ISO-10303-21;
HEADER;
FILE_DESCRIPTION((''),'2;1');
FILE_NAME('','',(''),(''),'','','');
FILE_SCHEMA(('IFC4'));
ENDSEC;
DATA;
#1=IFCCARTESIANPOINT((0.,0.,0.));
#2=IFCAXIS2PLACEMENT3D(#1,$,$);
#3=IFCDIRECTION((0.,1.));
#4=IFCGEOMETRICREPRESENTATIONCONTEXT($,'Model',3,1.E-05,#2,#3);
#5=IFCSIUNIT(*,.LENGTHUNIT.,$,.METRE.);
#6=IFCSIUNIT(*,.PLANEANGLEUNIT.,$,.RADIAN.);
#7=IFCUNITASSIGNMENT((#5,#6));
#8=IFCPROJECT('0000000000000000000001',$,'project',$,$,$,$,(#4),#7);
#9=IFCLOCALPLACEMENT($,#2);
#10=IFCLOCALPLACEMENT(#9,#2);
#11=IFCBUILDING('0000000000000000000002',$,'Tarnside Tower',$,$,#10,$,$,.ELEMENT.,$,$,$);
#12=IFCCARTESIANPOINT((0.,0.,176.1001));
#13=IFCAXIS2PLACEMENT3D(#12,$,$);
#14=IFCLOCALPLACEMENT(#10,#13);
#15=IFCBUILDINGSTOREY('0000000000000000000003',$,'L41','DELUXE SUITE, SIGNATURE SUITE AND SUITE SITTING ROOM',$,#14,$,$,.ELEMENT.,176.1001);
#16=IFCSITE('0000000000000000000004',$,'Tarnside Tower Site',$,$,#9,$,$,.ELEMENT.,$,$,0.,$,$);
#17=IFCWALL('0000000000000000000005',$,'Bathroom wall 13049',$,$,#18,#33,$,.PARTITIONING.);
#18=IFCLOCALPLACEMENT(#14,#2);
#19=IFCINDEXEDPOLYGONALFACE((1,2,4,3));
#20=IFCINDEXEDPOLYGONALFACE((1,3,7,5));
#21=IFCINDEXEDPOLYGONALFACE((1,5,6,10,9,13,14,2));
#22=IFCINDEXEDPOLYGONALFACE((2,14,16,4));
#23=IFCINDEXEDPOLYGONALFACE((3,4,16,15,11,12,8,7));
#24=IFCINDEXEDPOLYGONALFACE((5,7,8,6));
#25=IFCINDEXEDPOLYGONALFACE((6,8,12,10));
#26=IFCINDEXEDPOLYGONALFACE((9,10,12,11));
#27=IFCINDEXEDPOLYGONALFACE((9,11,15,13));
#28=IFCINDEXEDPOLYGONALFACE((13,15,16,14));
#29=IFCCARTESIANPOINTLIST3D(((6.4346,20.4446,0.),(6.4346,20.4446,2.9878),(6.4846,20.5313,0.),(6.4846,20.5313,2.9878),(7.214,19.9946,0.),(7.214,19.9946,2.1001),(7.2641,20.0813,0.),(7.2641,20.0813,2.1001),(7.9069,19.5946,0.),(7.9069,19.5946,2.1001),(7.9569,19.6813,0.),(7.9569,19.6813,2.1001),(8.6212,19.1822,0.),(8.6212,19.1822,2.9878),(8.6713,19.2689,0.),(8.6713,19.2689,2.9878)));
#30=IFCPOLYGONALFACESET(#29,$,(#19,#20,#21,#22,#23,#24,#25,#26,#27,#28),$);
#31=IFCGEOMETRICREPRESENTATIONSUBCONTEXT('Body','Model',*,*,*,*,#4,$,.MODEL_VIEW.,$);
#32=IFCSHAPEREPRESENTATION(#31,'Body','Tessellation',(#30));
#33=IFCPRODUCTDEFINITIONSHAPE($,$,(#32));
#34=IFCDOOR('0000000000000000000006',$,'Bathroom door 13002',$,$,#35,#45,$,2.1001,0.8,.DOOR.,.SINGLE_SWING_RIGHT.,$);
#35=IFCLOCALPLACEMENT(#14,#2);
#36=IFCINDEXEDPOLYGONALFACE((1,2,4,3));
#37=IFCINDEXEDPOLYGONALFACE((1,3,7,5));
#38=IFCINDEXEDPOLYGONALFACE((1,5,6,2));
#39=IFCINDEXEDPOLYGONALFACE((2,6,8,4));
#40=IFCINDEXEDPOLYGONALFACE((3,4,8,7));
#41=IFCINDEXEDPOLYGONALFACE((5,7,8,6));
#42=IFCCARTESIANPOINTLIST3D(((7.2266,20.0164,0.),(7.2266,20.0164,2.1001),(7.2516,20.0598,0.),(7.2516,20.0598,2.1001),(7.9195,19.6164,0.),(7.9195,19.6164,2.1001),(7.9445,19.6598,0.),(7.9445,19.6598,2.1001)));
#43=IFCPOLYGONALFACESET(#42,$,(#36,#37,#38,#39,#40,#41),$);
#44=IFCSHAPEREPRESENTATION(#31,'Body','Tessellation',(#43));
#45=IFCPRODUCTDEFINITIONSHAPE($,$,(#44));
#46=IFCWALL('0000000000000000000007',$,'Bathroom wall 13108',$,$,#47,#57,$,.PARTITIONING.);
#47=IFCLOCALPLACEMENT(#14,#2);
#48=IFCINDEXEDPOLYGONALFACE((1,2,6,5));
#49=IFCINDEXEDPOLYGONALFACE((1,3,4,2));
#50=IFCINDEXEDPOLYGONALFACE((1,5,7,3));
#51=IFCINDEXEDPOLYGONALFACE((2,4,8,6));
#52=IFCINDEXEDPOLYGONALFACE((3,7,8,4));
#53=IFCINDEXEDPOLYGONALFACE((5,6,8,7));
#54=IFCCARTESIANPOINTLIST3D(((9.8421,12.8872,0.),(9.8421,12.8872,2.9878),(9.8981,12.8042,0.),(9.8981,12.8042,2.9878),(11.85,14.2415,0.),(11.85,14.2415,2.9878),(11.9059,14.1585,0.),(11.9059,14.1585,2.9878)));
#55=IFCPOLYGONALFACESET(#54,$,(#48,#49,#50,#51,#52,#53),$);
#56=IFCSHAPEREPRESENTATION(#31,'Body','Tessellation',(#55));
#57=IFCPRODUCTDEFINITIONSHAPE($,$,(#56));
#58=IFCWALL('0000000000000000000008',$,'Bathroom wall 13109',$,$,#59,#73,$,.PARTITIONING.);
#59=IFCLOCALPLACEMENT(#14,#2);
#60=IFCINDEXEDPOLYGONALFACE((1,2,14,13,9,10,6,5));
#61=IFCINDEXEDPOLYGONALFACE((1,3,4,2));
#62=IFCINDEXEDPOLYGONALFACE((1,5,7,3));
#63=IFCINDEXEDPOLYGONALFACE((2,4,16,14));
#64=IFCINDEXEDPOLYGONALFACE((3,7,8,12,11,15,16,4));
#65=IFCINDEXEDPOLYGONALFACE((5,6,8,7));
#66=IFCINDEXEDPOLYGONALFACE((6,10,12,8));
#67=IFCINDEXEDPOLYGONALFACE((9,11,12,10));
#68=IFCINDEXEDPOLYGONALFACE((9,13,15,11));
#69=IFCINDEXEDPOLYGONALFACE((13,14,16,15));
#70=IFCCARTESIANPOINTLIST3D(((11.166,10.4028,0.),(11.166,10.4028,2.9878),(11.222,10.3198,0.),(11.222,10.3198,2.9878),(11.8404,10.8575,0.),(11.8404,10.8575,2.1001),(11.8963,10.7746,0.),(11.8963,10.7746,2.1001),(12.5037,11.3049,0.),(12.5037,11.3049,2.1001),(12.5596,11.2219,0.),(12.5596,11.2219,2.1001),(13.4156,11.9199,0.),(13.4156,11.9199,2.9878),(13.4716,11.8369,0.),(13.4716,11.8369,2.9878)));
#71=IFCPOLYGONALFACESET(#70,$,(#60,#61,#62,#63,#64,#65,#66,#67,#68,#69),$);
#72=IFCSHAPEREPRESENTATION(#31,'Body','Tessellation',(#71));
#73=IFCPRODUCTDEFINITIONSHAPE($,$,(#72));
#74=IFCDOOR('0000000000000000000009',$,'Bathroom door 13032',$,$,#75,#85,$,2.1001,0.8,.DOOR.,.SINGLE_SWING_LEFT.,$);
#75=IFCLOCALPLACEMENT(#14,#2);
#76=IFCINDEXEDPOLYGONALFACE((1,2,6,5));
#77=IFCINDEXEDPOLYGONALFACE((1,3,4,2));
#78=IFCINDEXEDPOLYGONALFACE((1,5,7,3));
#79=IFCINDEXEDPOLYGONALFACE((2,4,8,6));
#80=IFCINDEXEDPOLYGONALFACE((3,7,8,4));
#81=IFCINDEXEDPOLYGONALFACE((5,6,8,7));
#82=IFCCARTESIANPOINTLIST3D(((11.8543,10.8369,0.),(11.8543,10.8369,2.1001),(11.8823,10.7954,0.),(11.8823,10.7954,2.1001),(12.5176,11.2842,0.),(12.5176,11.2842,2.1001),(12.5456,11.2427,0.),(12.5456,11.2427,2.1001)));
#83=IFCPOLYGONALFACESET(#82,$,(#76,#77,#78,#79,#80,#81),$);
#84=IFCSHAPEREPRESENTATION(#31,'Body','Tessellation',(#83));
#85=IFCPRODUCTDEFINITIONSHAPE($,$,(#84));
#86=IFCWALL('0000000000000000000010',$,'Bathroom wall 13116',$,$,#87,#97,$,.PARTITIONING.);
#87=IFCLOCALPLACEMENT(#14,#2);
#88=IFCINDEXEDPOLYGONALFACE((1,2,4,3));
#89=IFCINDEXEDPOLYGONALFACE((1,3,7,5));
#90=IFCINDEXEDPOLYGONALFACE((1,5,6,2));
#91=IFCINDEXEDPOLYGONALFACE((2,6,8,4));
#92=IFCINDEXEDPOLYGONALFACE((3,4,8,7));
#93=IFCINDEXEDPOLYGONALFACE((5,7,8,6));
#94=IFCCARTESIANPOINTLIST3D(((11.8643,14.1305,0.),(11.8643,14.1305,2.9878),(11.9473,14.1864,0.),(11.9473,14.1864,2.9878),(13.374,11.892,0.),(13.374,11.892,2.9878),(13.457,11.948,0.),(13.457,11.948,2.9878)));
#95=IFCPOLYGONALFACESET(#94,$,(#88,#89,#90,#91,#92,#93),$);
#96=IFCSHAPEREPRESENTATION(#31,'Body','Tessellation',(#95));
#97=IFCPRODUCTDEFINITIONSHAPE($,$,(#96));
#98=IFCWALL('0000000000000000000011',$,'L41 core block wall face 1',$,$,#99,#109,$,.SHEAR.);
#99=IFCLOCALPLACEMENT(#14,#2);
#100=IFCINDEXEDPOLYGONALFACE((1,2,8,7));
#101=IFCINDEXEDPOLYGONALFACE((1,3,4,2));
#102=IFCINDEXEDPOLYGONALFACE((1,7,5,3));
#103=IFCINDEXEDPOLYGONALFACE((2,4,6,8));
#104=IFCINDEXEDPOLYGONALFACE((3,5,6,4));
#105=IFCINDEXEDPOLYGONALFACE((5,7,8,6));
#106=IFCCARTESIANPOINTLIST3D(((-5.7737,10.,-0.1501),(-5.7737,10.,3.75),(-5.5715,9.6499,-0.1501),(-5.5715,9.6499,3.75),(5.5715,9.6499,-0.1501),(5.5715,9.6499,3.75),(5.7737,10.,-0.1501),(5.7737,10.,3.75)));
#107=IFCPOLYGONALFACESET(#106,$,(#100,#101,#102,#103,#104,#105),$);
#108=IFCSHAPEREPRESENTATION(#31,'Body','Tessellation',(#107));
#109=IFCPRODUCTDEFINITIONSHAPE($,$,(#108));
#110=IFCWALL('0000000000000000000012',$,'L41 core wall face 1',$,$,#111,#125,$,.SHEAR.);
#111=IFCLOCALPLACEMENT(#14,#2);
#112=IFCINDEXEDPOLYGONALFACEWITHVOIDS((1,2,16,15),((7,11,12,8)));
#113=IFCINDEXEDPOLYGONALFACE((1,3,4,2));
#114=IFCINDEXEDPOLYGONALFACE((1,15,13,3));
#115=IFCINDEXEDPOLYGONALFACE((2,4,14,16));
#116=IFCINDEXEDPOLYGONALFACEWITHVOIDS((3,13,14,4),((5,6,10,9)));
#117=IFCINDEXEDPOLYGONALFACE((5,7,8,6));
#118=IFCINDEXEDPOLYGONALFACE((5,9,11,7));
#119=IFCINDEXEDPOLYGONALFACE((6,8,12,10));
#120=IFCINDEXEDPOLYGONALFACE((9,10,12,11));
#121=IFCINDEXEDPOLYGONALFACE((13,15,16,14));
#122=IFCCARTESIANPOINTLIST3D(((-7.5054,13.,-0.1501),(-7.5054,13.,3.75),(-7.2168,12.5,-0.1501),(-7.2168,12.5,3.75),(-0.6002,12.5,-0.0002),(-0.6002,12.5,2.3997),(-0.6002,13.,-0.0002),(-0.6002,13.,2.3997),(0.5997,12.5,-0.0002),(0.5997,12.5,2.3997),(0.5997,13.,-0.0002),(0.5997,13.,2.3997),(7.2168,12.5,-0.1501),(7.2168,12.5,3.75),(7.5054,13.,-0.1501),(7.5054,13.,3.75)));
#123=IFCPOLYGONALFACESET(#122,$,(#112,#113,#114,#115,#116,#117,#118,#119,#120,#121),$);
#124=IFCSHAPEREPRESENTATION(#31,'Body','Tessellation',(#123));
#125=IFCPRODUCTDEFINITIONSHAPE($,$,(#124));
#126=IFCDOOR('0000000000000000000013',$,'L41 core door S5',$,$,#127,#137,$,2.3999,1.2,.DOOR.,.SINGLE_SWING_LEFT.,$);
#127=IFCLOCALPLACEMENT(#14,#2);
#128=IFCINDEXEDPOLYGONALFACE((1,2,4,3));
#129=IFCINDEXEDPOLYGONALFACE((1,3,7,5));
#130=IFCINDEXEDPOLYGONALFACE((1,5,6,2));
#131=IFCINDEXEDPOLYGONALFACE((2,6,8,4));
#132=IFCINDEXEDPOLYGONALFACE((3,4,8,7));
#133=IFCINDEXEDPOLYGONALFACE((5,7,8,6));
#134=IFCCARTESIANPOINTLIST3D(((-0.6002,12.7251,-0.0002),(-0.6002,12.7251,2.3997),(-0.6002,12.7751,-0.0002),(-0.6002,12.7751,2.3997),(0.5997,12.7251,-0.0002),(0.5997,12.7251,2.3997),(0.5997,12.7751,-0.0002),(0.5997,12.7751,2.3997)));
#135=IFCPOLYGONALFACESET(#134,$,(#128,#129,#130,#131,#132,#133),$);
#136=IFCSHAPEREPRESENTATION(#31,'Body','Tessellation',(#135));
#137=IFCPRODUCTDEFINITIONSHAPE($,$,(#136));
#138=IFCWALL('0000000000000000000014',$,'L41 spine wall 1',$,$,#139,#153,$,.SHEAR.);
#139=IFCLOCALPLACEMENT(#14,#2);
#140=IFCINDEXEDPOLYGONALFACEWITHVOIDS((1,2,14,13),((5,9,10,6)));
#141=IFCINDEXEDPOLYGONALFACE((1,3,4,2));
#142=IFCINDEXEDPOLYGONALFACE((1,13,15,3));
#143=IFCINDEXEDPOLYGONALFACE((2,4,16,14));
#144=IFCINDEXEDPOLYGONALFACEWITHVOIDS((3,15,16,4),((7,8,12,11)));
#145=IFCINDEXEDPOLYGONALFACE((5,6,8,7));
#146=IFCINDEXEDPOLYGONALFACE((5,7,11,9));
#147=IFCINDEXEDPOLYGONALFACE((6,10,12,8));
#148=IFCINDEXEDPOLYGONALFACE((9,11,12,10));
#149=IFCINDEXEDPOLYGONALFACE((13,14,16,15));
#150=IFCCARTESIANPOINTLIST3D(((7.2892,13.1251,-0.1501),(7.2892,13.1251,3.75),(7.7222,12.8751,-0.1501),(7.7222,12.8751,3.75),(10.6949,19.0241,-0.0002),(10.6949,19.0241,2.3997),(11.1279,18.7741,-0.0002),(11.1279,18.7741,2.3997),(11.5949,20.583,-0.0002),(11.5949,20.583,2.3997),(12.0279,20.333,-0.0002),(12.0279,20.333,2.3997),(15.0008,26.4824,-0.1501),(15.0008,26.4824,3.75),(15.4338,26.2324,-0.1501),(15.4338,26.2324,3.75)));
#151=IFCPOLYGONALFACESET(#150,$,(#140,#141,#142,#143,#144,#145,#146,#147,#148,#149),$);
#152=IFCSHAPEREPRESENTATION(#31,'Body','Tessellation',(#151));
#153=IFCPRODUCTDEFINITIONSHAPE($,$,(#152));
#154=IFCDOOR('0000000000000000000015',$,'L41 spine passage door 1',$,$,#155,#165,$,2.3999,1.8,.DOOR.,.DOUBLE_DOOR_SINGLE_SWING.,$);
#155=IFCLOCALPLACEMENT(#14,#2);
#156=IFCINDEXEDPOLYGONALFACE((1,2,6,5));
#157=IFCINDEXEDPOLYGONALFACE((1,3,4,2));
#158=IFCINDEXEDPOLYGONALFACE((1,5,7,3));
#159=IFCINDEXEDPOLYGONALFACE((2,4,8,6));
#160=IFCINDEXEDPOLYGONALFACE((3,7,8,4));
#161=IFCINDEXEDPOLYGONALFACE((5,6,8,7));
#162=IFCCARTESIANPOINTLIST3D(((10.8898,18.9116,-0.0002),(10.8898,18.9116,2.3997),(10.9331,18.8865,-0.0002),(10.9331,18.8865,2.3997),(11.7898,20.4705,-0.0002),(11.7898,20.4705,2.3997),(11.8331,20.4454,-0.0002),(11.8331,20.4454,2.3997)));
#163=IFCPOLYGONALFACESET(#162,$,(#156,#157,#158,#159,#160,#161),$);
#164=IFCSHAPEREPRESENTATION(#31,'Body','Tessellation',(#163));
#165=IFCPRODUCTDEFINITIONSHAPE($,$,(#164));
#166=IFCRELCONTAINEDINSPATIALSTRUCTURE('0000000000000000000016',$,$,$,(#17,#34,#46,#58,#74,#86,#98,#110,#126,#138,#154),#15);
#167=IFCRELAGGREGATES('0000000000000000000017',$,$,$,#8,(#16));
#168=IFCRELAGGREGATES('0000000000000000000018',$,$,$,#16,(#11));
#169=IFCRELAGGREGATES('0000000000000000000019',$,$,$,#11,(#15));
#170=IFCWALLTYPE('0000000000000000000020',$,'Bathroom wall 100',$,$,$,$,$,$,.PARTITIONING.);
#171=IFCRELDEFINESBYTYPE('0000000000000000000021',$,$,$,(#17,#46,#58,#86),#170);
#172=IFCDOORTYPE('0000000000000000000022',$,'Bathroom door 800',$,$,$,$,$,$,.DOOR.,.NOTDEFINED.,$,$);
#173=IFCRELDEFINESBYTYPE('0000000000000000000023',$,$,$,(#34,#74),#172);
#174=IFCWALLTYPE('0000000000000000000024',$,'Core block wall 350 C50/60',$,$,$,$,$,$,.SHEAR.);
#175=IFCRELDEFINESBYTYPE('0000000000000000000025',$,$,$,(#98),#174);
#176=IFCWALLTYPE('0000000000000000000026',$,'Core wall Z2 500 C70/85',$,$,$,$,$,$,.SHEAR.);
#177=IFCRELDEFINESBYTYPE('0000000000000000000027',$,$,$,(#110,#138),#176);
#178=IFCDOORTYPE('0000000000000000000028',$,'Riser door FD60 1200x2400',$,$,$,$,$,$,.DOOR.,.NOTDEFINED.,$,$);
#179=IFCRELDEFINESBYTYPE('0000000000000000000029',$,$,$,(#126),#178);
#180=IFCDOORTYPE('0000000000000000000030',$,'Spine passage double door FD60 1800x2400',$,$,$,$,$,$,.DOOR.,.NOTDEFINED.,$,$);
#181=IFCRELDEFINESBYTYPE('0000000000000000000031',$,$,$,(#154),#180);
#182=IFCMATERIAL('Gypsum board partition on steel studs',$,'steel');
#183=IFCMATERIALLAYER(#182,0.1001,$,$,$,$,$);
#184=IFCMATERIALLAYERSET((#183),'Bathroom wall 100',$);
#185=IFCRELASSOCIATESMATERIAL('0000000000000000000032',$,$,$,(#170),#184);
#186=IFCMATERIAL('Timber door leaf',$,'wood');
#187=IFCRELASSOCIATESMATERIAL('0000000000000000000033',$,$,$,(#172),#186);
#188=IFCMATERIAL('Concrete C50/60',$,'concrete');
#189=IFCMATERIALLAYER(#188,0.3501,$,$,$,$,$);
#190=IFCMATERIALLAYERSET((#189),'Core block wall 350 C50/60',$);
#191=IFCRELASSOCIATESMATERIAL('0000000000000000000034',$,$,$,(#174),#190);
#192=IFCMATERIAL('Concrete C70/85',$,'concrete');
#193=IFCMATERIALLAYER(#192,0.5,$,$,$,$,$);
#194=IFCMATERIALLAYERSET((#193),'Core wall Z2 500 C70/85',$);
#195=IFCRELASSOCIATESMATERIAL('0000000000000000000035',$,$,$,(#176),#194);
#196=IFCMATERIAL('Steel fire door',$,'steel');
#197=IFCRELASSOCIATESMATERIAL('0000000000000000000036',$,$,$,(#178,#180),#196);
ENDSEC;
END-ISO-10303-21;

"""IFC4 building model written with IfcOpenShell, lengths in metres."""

from ifc_helpers import new_model, si_unit, direction, frame, frame_2d, origin, place, context, subcontext, project, spatial, polyline, rectangle, outline, extrude, material, layer, layer_set, type_object, element, fill, save


model = new_model("IFC4")

# Units and contexts
model_context = context("Model", 3, precision=1e-05, world=origin(), true_north=direction((0.0, 1.0)))
body_context = subcontext(model_context, "Body", "Model", "MODEL_VIEW")
ifc_project = project(units=[si_unit("LENGTHUNIT", "METRE"), si_unit("PLANEANGLEUNIT", "RADIAN")], contexts=[model_context])

# Site, building, storey
site_placement = place(None, origin())
site = spatial("IfcSite", under=ifc_project, at=site_placement, Name="Tarnside Tower Site", CompositionType="ELEMENT", RefElevation=0.0)
building_placement = place(site_placement, origin())
building = spatial("IfcBuilding", under=site, at=building_placement, Name="Tarnside Tower", CompositionType="ELEMENT")
storey_placement = place(building_placement, frame((0.0, 0.0, 176.1001)))
storey = spatial("IfcBuildingStorey", under=building, at=storey_placement, Name="L41", Description="DELUXE SUITE, SIGNATURE SUITE AND SUITE SITTING ROOM", CompositionType="ELEMENT", Elevation=176.1001)

# Wall, opening, door
ifc_material_1 = material(Name="Gypsum board partition on steel studs", Category="steel")
ifc_layer_1 = layer(ifc_material_1, 0.1001)
ifc_layer_set_1 = layer_set([ifc_layer_1], Name="Bathroom wall 100")
wall_type_1 = type_object("IfcWallType", Name="Bathroom wall 100", PredefinedType="PARTITIONING", material=ifc_layer_set_1)
wall_1_placement = place(storey_placement, frame((8.6462, 19.2256, 0.0), z_axis=(0.0, 0.0, 1.0), x_axis=(-0.866039, 0.499976, 0.0)))
wall_1 = element("IfcWall", 1, at=wall_1_placement, inside=storey, type_object=wall_type_1, Name="Bathroom wall 13049", PredefinedType="PARTITIONING", context=body_context, shape_type="SweptSolid", body=[
    extrude(rectangle(XDim=2.5249, YDim=0.1001, at=frame_2d((1.2625, 0.0))), origin(), (0.0, 0.0, 1.0), 2.9878),
])
opening_1_placement = place(wall_1_placement, frame((0.825, 0.0, 0.0)))
opening_1 = element("IfcOpeningElement", 2, at=opening_1_placement, cuts=wall_1, PredefinedType="OPENING", context=body_context, shape_type="SweptSolid", body=[
    extrude(rectangle(XDim=0.8, YDim=2.1001, at=frame_2d((0.3999, 1.05))), frame((0.0, 0.0601, 0.0), z_axis=(0.0, -1.0, 0.0), x_axis=(1.0, 0.0, 0.0)), (0.0, 0.0, 1.0), 0.1201),
])
ifc_material_2 = material(Name="Timber door leaf", Category="wood")
door_type_1 = type_object("IfcDoorType", Name="Bathroom door 800", OperationType="NOTDEFINED", PredefinedType="DOOR", material=ifc_material_2)
door_1_placement = place(opening_1_placement, origin())
door_1 = element("IfcDoor", 3, at=door_1_placement, inside=storey, type_object=door_type_1, Name="Bathroom door 13002", OperationType="SINGLE_SWING_RIGHT", OverallHeight=2.1001, OverallWidth=0.8, PredefinedType="DOOR", context=body_context, shape_type="SweptSolid", body=[
    extrude(rectangle(XDim=0.8, YDim=2.1001, at=frame_2d((0.3999, 1.05))), frame((0.0, 0.0249, 0.0), z_axis=(0.0, -1.0, 0.0), x_axis=(1.0, 0.0, 0.0)), (0.0, 0.0, 1.0), 0.05),
])
fill(opening_1, door_1)

# Wall
wall_2_placement = place(storey_placement, frame((9.8701, 12.8457, 0.0), z_axis=(0.0, 0.0, 1.0), x_axis=(0.829045, 0.559182, 0.0)))
element("IfcWall", 4, at=wall_2_placement, inside=storey, type_object=wall_type_1, Name="Bathroom wall 13108", PredefinedType="PARTITIONING", context=body_context, shape_type="SweptSolid", body=[
    extrude(rectangle(XDim=2.4219, YDim=0.1001, at=frame_2d((1.2109, 0.0))), origin(), (0.0, 0.0, 1.0), 2.9878),
])

# Wall, opening, door
wall_3_placement = place(storey_placement, frame((13.4436, 11.8784, 0.0), z_axis=(0.0, 0.0, 1.0), x_axis=(-0.829076, -0.559136, 0.0)))
wall_3 = element("IfcWall", 5, at=wall_3_placement, inside=storey, type_object=wall_type_1, Name="Bathroom wall 13109", PredefinedType="PARTITIONING", context=body_context, shape_type="SweptSolid", body=[
    extrude(rectangle(XDim=2.7134, YDim=0.1001, at=frame_2d((1.3567, 0.0))), origin(), (0.0, 0.0, 1.0), 2.9878),
])
opening_2_placement = place(wall_3_placement, frame((1.1001, 0.0, 0.0)))
opening_2 = element("IfcOpeningElement", 6, at=opening_2_placement, cuts=wall_3, PredefinedType="OPENING", context=body_context, shape_type="SweptSolid", body=[
    extrude(rectangle(XDim=0.8, YDim=2.1001, at=frame_2d((0.3999, 1.05))), frame((0.0, 0.0601, 0.0), z_axis=(0.0, -1.0, 0.0), x_axis=(1.0, 0.0, 0.0)), (0.0, 0.0, 1.0), 0.1201),
])
door_2_placement = place(opening_2_placement, origin())
door_2 = element("IfcDoor", 7, at=door_2_placement, inside=storey, type_object=door_type_1, Name="Bathroom door 13032", OperationType="SINGLE_SWING_LEFT", OverallHeight=2.1001, OverallWidth=0.8, PredefinedType="DOOR", context=body_context, shape_type="SweptSolid", body=[
    extrude(rectangle(XDim=0.8, YDim=2.1001, at=frame_2d((0.3999, 1.05))), frame((0.0, 0.0249, 0.0), z_axis=(0.0, -1.0, 0.0), x_axis=(1.0, 0.0, 0.0)), (0.0, 0.0, 1.0), 0.05),
])
fill(opening_2, door_2)

# Walls
wall_4_placement = place(storey_placement, frame((13.4155, 11.9199, 0.0), z_axis=(0.0, 0.0, 1.0), x_axis=(-0.559158, 0.829061, 0.0)))
element("IfcWall", 8, at=wall_4_placement, inside=storey, type_object=wall_type_1, Name="Bathroom wall 13116", PredefinedType="PARTITIONING", context=body_context, shape_type="SweptSolid", body=[
    extrude(rectangle(XDim=2.7, YDim=0.1001, at=frame_2d((1.3501, 0.0))), origin(), (0.0, 0.0, 1.0), 2.9878),
])
ifc_material_3 = material(Name="Concrete C50/60", Category="concrete")
ifc_layer_2 = layer(ifc_material_3, 0.3501)
ifc_layer_set_2 = layer_set([ifc_layer_2], Name="Core block wall 350 C50/60")
wall_type_2 = type_object("IfcWallType", Name="Core block wall 350 C50/60", PredefinedType="SHEAR", material=ifc_layer_set_2)
wall_5_placement = place(storey_placement, frame((5.6726, 9.825, -0.1501), z_axis=(0.0, 0.0, 1.0), x_axis=(-1.0, 0.0, 0.0)))
element("IfcWall", 9, at=wall_5_placement, inside=storey, type_object=wall_type_2, Name="L41 core block wall face 1", PredefinedType="SHEAR", context=body_context, shape_type="SweptSolid", body=[
    extrude(outline(polyline([(-0.1011, -0.175), (11.4463, -0.175), (11.2441, 0.175), (0.1011, 0.175), (-0.1011, -0.175)])), origin(), (0.0, 0.0, 1.0), 3.9001),
])

# Walls, openings, doors
ifc_material_4 = material(Name="Concrete C70/85", Category="concrete")
ifc_layer_3 = layer(ifc_material_4, 0.5)
ifc_layer_set_3 = layer_set([ifc_layer_3], Name="Core wall Z2 500 C70/85")
wall_type_3 = type_object("IfcWallType", Name="Core wall Z2 500 C70/85", PredefinedType="SHEAR", material=ifc_layer_set_3)
wall_6_placement = place(storey_placement, frame((7.3611, 12.75, -0.1501), z_axis=(0.0, 0.0, 1.0), x_axis=(-1.0, 0.0, 0.0)))
wall_6 = element("IfcWall", 10, at=wall_6_placement, inside=storey, type_object=wall_type_3, Name="L41 core wall face 1", PredefinedType="SHEAR", context=body_context, shape_type="SweptSolid", body=[
    extrude(outline(polyline([(-0.1443, -0.25), (14.8665, -0.25), (14.5779, 0.25), (0.1443, 0.25), (-0.1443, -0.25)])), origin(), (0.0, 0.0, 1.0), 3.9001),
])
opening_3_placement = place(wall_6_placement, frame((6.7612, 0.0, 0.1499)))
opening_3 = element("IfcOpeningElement", 11, at=opening_3_placement, cuts=wall_6, PredefinedType="OPENING", context=body_context, shape_type="SweptSolid", body=[
    extrude(rectangle(XDim=1.2, YDim=2.3999, at=frame_2d((0.6001, 1.2))), frame((0.0, 0.26, 0.0), z_axis=(0.0, -1.0, 0.0), x_axis=(1.0, 0.0, 0.0)), (0.0, 0.0, 1.0), 0.52),
])
ifc_material_5 = material(Name="Steel fire door", Category="steel")
door_type_2 = type_object("IfcDoorType", Name="Riser door FD60 1200x2400", OperationType="NOTDEFINED", PredefinedType="DOOR", material=ifc_material_5)
door_3_placement = place(opening_3_placement, origin())
door_3 = element("IfcDoor", 12, at=door_3_placement, inside=storey, type_object=door_type_2, Name="L41 core door S5", OperationType="SINGLE_SWING_LEFT", OverallHeight=2.3999, OverallWidth=1.2, PredefinedType="DOOR", context=body_context, shape_type="SweptSolid", body=[
    extrude(rectangle(XDim=1.2, YDim=2.3999, at=frame_2d((0.6001, 1.2))), frame((0.0, 0.0249, 0.0), z_axis=(0.0, -1.0, 0.0), x_axis=(1.0, 0.0, 0.0)), (0.0, 0.0, 1.0), 0.05),
])
fill(opening_3, door_3)
wall_7_placement = place(storey_placement, frame((7.5056, 13.0, -0.1501), z_axis=(0.0, 0.0, 1.0), x_axis=(0.499988, 0.866032, 0.0)))
wall_7 = element("IfcWall", 13, at=wall_7_placement, inside=storey, type_object=wall_type_3, Name="L41 spine wall 1", PredefinedType="SHEAR", context=body_context, shape_type="SweptSolid", body=[
    extrude(rectangle(XDim=15.4236, YDim=0.5, at=frame_2d((7.7119, 0.0))), origin(), (0.0, 0.0, 1.0), 3.9001),
])
opening_4_placement = place(wall_7_placement, frame((6.8118, 0.0, 0.1499)))
opening_4 = element("IfcOpeningElement", 14, at=opening_4_placement, cuts=wall_7, PredefinedType="OPENING", context=body_context, shape_type="SweptSolid", body=[
    extrude(rectangle(XDim=1.8, YDim=2.3999, at=frame_2d((0.8999, 1.2))), frame((0.0, 0.26, 0.0), z_axis=(0.0, -1.0, 0.0), x_axis=(1.0, 0.0, 0.0)), (0.0, 0.0, 1.0), 0.52),
])
door_type_3 = type_object("IfcDoorType", Name="Spine passage double door FD60 1800x2400", OperationType="NOTDEFINED", PredefinedType="DOOR", material=ifc_material_5)
door_4_placement = place(opening_4_placement, origin())
door_4 = element("IfcDoor", 15, at=door_4_placement, inside=storey, type_object=door_type_3, Name="L41 spine passage door 1", OperationType="DOUBLE_DOOR_SINGLE_SWING", OverallHeight=2.3999, OverallWidth=1.8, PredefinedType="DOOR", context=body_context, shape_type="SweptSolid", body=[
    extrude(rectangle(XDim=1.8, YDim=2.3999, at=frame_2d((0.8999, 1.2))), frame((0.0, 0.0249, 0.0), z_axis=(0.0, -1.0, 0.0), x_axis=(1.0, 0.0, 0.0)), (0.0, 0.0, 1.0), 0.05),
])
fill(opening_4, door_4)

save(model, "model.ifc")
